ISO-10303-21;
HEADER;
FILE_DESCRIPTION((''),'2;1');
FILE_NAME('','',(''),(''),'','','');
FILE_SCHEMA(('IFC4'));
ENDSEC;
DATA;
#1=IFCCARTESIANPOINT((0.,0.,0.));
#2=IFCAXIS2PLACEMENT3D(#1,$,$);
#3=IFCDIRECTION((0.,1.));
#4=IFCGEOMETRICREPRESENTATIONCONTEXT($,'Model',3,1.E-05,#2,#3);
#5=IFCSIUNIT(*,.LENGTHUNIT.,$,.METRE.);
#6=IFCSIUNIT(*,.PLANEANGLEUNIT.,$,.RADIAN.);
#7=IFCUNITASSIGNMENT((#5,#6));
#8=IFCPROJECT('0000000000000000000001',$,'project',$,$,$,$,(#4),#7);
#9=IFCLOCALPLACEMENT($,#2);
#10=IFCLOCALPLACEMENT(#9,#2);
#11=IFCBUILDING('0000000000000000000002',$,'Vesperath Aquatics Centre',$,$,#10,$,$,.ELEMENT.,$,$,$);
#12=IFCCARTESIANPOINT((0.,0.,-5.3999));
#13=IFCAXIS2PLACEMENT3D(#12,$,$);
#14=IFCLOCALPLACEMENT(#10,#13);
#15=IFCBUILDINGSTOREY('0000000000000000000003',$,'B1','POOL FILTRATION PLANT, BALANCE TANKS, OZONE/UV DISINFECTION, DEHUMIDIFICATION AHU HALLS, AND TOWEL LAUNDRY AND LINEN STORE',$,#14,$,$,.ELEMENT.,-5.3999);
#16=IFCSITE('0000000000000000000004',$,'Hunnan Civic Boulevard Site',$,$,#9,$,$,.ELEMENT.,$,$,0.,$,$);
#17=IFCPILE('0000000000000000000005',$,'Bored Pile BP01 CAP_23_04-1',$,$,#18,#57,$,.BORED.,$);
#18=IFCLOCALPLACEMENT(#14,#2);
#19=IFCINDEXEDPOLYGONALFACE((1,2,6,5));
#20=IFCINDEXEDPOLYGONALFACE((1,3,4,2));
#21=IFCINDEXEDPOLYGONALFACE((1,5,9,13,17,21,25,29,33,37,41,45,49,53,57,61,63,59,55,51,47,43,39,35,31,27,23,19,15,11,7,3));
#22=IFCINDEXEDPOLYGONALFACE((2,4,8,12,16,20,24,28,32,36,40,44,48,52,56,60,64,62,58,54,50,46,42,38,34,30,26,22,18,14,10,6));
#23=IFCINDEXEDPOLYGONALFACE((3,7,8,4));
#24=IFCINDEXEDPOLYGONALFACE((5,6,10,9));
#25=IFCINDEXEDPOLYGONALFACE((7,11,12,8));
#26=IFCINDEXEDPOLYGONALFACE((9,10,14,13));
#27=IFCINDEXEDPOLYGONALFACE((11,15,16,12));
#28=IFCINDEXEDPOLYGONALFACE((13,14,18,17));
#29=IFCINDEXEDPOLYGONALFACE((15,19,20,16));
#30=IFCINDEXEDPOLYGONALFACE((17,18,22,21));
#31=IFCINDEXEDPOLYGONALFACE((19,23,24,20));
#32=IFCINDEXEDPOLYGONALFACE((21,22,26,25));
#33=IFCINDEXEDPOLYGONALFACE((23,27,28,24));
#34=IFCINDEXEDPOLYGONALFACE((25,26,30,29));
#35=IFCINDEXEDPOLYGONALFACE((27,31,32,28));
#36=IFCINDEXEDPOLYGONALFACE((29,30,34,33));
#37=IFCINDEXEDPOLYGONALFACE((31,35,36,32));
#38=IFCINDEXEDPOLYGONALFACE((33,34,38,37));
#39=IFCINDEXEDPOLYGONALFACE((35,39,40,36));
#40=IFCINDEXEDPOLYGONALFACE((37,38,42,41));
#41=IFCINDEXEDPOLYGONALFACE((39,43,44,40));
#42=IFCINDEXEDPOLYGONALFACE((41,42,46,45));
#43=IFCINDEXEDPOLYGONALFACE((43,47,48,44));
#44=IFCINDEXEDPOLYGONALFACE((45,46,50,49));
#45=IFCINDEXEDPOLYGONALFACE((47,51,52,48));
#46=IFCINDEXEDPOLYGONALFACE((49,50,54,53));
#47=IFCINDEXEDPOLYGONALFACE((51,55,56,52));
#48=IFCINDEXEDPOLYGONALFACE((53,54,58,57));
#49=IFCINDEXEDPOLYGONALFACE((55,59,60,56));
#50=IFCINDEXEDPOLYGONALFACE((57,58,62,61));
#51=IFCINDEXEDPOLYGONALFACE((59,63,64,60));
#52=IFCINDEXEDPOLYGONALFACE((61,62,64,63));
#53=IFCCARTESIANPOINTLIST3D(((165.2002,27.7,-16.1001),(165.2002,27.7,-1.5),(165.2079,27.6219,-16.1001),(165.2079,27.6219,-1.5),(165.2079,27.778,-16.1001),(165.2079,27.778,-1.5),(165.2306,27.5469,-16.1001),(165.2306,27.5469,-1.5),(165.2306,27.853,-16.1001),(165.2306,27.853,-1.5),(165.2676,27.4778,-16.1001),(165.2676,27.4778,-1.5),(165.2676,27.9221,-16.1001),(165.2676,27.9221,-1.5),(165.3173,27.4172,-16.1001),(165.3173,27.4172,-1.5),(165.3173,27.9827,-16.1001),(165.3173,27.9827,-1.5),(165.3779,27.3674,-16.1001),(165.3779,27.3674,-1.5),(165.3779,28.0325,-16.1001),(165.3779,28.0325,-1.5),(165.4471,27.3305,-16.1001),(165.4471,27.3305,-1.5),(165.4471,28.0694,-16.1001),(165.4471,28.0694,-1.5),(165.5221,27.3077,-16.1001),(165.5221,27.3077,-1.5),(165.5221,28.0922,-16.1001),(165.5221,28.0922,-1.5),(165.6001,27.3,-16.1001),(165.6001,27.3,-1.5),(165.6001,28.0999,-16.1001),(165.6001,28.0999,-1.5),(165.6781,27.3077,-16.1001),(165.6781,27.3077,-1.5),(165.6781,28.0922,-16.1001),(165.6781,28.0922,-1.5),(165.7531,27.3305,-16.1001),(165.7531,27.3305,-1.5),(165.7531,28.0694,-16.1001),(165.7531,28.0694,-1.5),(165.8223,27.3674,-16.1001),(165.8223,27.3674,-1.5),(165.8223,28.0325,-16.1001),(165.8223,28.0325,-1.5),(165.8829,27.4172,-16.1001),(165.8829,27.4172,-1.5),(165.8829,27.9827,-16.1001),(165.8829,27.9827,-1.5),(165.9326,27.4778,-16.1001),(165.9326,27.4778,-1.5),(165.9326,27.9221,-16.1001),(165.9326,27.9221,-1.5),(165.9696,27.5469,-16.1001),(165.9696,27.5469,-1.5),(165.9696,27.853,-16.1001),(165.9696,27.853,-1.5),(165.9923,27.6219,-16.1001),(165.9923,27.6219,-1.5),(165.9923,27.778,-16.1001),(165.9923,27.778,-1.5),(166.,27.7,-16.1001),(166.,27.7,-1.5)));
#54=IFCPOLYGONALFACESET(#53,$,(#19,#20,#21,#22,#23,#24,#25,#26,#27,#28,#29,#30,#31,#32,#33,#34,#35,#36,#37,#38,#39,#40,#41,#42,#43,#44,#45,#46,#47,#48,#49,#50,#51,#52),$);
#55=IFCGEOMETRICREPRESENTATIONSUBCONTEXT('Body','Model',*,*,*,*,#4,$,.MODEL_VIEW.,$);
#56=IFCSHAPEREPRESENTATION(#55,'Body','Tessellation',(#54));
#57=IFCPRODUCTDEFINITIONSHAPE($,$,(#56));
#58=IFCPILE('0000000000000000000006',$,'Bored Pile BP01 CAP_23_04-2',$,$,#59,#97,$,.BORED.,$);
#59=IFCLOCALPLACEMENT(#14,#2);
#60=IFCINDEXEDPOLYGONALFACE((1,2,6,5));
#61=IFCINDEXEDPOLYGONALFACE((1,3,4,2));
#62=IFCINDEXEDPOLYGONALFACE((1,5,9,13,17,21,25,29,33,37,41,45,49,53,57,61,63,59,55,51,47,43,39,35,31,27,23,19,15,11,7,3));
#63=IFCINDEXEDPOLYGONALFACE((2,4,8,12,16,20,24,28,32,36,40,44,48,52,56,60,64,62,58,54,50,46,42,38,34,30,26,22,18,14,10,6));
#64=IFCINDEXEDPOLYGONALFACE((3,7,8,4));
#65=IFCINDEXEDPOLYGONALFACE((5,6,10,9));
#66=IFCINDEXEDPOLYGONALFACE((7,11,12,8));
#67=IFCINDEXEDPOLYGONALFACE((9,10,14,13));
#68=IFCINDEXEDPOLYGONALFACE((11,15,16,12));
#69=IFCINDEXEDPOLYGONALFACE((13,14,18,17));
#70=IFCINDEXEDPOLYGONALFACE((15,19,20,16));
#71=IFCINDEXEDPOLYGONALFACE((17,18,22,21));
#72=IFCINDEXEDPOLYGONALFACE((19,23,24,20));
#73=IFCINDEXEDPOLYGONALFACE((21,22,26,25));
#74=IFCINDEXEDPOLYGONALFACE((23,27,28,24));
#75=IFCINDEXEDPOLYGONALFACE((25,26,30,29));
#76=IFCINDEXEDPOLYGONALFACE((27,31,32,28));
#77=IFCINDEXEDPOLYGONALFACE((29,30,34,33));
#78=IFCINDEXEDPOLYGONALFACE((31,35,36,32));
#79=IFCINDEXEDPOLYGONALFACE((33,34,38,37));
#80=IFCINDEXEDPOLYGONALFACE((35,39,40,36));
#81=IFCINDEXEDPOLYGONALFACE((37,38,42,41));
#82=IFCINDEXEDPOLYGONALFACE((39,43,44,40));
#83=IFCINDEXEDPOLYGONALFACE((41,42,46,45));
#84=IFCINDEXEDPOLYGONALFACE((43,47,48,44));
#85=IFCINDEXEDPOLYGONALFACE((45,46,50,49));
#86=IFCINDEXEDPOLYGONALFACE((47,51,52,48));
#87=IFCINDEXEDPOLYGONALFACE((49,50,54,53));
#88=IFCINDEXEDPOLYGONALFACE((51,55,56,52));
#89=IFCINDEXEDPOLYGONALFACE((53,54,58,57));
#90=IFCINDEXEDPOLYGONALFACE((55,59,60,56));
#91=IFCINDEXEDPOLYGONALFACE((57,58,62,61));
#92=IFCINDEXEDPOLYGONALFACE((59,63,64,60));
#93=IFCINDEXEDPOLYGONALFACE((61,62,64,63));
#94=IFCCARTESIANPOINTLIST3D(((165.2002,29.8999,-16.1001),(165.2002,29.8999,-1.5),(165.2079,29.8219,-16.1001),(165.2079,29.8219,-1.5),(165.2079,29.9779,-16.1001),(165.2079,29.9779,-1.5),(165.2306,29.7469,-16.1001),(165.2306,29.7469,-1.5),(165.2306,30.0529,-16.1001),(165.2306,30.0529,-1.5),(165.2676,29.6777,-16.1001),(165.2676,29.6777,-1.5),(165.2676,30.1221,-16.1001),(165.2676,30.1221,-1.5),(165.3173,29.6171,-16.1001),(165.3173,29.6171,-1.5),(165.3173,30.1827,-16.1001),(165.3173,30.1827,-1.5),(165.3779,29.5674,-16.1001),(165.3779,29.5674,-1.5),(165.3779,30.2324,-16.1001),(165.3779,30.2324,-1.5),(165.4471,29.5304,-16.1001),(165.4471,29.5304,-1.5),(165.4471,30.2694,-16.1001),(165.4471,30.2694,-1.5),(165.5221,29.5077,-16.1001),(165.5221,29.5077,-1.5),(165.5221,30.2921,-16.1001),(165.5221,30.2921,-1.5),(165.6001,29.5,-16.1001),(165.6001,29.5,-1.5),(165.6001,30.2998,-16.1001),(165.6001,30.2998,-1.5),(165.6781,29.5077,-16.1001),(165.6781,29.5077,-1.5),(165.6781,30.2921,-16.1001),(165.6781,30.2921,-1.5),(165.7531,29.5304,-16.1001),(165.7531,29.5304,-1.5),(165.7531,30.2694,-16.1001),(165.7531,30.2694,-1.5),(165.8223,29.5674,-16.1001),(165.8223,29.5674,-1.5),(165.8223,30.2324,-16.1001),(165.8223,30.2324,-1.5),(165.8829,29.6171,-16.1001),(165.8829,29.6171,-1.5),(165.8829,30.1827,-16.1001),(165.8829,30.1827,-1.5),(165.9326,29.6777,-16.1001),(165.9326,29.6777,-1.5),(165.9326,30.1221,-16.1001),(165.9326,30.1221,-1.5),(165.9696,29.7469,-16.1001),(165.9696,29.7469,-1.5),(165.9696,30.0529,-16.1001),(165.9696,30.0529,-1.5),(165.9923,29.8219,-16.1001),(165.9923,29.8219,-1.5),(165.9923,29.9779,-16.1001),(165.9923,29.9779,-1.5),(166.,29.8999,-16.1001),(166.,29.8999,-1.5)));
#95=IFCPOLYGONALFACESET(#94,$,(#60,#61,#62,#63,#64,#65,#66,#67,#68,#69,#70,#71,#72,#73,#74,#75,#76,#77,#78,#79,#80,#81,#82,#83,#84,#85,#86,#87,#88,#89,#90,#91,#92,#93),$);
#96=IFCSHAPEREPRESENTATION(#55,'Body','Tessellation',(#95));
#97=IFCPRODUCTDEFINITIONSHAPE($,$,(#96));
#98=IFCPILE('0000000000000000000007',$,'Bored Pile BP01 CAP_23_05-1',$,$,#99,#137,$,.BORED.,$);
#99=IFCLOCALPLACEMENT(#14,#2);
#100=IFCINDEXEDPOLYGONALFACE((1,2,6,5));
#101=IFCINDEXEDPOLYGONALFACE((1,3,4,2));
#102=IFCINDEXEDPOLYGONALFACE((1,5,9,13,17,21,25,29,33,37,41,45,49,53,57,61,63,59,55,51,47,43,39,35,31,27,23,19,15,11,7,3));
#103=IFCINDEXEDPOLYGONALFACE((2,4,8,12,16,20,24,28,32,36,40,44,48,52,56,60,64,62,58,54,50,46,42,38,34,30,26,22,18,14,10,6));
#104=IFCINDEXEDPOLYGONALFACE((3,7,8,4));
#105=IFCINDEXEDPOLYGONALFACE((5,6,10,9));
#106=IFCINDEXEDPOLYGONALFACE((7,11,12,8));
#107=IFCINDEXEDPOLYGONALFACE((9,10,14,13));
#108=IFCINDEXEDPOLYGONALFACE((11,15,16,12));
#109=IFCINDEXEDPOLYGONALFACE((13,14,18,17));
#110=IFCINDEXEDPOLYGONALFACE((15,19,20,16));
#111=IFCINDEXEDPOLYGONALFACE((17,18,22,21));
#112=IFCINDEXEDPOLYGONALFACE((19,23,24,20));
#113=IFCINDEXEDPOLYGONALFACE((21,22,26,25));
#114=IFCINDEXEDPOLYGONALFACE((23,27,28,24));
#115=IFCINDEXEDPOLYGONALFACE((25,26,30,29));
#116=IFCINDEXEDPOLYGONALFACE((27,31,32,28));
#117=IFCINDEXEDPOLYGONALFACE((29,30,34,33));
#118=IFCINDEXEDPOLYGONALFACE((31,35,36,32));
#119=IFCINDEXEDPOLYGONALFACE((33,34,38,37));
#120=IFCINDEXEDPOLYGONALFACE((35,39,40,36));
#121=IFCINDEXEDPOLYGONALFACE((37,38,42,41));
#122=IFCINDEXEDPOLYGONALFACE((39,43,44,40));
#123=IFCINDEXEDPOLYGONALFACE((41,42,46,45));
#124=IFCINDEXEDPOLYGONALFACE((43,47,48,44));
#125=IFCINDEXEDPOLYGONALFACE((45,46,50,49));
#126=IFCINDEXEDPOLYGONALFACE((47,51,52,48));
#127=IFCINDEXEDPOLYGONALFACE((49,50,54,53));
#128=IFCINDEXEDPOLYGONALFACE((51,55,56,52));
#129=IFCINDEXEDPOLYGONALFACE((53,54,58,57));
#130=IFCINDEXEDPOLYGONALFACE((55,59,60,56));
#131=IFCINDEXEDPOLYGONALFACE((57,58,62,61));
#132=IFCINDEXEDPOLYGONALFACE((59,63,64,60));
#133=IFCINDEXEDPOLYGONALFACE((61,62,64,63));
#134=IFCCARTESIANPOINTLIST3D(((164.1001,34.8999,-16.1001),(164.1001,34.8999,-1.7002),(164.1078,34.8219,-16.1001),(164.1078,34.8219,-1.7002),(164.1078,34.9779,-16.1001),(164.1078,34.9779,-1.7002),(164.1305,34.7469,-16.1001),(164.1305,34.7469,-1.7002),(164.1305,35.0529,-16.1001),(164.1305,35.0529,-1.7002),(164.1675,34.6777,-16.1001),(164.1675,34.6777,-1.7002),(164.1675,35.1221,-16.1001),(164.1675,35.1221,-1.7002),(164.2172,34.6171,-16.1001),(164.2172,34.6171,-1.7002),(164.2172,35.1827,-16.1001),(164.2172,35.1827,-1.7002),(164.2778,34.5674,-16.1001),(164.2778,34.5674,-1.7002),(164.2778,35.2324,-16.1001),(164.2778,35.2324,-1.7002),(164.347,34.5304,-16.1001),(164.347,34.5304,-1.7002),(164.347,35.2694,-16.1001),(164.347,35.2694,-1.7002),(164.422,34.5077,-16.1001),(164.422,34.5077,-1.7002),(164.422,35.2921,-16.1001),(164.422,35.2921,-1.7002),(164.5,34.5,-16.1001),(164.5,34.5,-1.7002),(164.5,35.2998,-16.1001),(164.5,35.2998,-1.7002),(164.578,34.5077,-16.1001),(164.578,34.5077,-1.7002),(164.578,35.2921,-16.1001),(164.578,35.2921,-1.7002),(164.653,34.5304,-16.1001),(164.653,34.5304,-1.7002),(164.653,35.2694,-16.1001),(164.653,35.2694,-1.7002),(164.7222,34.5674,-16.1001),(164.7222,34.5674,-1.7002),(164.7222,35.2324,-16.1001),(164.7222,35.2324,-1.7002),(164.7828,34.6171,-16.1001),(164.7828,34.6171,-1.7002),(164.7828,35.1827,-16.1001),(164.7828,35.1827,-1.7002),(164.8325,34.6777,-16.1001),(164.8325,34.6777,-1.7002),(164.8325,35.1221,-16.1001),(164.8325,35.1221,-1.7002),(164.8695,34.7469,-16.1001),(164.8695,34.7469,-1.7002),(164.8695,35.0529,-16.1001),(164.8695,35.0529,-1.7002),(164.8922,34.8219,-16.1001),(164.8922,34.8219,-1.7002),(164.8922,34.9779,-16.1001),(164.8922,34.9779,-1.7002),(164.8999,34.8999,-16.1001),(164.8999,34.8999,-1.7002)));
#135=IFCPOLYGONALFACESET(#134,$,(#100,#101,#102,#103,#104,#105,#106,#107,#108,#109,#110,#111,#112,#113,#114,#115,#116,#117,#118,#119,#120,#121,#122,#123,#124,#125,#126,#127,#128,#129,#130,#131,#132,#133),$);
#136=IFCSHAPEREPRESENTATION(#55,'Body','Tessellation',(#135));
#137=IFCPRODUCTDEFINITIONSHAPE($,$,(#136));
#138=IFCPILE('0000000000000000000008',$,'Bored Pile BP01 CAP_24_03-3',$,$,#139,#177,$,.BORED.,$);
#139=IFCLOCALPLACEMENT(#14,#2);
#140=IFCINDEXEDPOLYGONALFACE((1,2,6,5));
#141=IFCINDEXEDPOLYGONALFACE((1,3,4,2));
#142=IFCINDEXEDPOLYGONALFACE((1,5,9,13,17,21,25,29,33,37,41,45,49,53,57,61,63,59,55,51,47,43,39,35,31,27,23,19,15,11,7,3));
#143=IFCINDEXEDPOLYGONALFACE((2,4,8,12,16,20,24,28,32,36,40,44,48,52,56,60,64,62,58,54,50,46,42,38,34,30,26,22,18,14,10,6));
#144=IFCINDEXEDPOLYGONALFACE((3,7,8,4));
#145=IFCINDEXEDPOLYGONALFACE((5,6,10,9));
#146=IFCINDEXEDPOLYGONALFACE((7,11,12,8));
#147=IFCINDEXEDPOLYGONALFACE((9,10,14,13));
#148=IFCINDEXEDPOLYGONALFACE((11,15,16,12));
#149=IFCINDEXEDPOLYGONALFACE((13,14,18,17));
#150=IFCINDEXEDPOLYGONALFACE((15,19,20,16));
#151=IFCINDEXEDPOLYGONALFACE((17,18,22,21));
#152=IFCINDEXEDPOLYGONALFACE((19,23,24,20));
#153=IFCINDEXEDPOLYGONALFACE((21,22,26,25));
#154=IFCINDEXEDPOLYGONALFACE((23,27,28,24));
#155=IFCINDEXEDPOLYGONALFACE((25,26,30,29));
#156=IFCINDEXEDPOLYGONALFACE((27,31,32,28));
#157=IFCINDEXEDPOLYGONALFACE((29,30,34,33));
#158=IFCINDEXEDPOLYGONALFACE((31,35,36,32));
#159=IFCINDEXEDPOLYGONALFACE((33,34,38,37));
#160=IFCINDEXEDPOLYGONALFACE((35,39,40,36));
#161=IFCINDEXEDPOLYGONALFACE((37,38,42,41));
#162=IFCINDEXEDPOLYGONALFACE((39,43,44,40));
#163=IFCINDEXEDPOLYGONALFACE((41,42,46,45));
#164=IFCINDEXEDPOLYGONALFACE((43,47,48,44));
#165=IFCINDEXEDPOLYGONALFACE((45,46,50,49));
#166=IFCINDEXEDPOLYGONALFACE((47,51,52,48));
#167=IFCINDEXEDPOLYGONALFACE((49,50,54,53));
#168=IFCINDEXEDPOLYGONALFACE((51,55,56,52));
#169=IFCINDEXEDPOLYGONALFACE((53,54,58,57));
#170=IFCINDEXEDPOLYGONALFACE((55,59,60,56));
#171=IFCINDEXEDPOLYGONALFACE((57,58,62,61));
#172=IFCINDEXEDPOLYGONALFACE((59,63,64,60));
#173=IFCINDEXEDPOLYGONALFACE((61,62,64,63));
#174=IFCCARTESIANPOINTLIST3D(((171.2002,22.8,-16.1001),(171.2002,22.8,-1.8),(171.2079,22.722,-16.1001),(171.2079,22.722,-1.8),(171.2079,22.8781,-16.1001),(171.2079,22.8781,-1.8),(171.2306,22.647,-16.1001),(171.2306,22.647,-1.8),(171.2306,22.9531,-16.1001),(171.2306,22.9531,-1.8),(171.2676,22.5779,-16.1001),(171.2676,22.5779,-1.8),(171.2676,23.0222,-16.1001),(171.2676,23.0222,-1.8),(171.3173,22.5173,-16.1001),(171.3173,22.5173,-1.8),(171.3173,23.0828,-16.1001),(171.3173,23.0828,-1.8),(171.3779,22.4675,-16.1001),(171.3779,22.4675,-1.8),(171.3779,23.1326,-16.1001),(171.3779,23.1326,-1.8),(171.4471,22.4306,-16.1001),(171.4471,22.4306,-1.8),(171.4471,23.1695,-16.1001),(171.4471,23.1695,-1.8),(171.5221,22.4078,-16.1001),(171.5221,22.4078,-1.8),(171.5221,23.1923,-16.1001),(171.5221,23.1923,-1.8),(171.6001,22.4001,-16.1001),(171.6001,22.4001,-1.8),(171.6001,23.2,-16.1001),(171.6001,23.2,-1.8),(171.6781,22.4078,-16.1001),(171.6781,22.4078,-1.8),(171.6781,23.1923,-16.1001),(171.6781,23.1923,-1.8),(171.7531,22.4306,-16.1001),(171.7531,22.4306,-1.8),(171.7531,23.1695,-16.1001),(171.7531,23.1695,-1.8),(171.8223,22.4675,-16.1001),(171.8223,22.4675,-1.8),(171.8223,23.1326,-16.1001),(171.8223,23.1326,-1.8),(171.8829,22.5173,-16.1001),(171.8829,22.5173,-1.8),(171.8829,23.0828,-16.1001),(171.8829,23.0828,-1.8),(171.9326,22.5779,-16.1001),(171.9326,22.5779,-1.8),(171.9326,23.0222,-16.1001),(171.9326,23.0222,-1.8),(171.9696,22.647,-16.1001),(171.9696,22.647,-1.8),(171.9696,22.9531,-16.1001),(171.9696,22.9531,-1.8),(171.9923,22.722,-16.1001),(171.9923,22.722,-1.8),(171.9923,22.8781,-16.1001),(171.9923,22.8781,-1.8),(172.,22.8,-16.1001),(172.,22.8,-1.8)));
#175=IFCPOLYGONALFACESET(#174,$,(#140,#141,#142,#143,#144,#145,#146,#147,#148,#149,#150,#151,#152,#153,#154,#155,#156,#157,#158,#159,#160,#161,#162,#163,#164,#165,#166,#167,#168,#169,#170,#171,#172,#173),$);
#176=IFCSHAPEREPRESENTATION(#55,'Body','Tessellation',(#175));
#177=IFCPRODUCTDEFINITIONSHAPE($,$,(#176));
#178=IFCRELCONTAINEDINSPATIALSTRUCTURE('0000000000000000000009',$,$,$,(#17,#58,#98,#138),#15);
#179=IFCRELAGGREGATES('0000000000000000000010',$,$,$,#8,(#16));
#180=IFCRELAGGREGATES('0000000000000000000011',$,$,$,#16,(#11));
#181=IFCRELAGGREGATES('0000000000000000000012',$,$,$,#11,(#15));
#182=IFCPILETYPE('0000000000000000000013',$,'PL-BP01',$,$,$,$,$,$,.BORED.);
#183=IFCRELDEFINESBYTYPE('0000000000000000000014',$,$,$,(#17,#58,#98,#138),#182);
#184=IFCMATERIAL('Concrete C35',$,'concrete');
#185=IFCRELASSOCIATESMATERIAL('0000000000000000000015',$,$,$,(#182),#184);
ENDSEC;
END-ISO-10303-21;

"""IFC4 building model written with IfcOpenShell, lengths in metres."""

from ifc_helpers import new_model, si_unit, direction, frame, origin, origin_2d, place, context, subcontext, project, spatial, circle, extrude, material, material_profile, profile_set, type_object, element, save


model = new_model("IFC4")

# Units and contexts
model_context = context("Model", 3, precision=1e-05, world=origin(), true_north=direction((0.0, 1.0)))
body_context = subcontext(model_context, "Body", "Model", "MODEL_VIEW")
ifc_project = project(units=[si_unit("LENGTHUNIT", "METRE"), si_unit("PLANEANGLEUNIT", "RADIAN")], contexts=[model_context])

# Site, building, storey
site_placement = place(None, origin())
site = spatial("IfcSite", under=ifc_project, at=site_placement, Name="Hunnan Civic Boulevard Site", CompositionType="ELEMENT", RefElevation=0.0)
building_placement = place(site_placement, origin())
building = spatial("IfcBuilding", under=site, at=building_placement, Name="Vesperath Aquatics Centre", CompositionType="ELEMENT")
storey_placement = place(building_placement, frame((0.0, 0.0, -5.3999)))
storey = spatial("IfcBuildingStorey", under=building, at=storey_placement, Name="B1", Description="POOL FILTRATION PLANT, BALANCE TANKS, OZONE/UV DISINFECTION, DEHUMIDIFICATION AHU HALLS, AND TOWEL LAUNDRY AND LINEN STORE", CompositionType="ELEMENT", Elevation=-5.3999)

# Piles
ifc_material_1 = material(Name="Concrete C35", Category="concrete")
ifc_material_profile_1 = material_profile(ifc_material_1, circle(Radius=0.3999, at=origin_2d()), Name="PILE D800")
ifc_profile_set_1 = profile_set([ifc_material_profile_1], Name="Concrete C35")
pile_type = type_object("IfcPileType", Name="PL-BP01", PredefinedType="BORED", material=ifc_profile_set_1)
for number, where, z_axis, x_axis, name in (
    (1, (165.6001, 27.7, -1.5), (0.0, 0.0, -1.0), (1.0, 0.0, 0.0), "Bored Pile BP01 CAP_23_04-1"),
    (2, (165.6001, 29.8999, -1.5), (0.0, 0.0, -1.0), (1.0, 0.0, 0.0), "Bored Pile BP01 CAP_23_04-2"),
):
    element("IfcPile", number, at=place(storey_placement, frame(where, z_axis=z_axis, x_axis=x_axis)), inside=storey, type_object=pile_type, Name=name, PredefinedType="BORED", context=body_context, shape_type="SweptSolid", body=[
        extrude(circle(Radius=0.3999, at=origin_2d()), origin(), (0.0, 0.0, 1.0), 14.6001),
    ])
pile_placement = place(storey_placement, frame((164.5, 34.8999, -1.7002), z_axis=(0.0, 0.0, -1.0), x_axis=(1.0, 0.0, 0.0)))
element("IfcPile", 3, at=pile_placement, inside=storey, type_object=pile_type, Name="Bored Pile BP01 CAP_23_05-1", PredefinedType="BORED", context=body_context, shape_type="SweptSolid", body=[
    extrude(circle(Radius=0.3999, at=origin_2d()), origin(), (0.0, 0.0, 1.0), 14.3999),
])
for number, where, z_axis, x_axis, name in (
    (4, (171.6001, 22.8, -1.8), (0.0, 0.0, -1.0), (1.0, 0.0, 0.0), "Bored Pile BP01 CAP_24_03-3"),
):
    element("IfcPile", number, at=place(storey_placement, frame(where, z_axis=z_axis, x_axis=x_axis)), inside=storey, type_object=pile_type, Name=name, PredefinedType="BORED", context=body_context, shape_type="SweptSolid", body=[
        extrude(circle(Radius=0.3999, at=origin_2d()), origin(), (0.0, 0.0, 1.0), 14.3),
    ])

save(model, "model.ifc")
